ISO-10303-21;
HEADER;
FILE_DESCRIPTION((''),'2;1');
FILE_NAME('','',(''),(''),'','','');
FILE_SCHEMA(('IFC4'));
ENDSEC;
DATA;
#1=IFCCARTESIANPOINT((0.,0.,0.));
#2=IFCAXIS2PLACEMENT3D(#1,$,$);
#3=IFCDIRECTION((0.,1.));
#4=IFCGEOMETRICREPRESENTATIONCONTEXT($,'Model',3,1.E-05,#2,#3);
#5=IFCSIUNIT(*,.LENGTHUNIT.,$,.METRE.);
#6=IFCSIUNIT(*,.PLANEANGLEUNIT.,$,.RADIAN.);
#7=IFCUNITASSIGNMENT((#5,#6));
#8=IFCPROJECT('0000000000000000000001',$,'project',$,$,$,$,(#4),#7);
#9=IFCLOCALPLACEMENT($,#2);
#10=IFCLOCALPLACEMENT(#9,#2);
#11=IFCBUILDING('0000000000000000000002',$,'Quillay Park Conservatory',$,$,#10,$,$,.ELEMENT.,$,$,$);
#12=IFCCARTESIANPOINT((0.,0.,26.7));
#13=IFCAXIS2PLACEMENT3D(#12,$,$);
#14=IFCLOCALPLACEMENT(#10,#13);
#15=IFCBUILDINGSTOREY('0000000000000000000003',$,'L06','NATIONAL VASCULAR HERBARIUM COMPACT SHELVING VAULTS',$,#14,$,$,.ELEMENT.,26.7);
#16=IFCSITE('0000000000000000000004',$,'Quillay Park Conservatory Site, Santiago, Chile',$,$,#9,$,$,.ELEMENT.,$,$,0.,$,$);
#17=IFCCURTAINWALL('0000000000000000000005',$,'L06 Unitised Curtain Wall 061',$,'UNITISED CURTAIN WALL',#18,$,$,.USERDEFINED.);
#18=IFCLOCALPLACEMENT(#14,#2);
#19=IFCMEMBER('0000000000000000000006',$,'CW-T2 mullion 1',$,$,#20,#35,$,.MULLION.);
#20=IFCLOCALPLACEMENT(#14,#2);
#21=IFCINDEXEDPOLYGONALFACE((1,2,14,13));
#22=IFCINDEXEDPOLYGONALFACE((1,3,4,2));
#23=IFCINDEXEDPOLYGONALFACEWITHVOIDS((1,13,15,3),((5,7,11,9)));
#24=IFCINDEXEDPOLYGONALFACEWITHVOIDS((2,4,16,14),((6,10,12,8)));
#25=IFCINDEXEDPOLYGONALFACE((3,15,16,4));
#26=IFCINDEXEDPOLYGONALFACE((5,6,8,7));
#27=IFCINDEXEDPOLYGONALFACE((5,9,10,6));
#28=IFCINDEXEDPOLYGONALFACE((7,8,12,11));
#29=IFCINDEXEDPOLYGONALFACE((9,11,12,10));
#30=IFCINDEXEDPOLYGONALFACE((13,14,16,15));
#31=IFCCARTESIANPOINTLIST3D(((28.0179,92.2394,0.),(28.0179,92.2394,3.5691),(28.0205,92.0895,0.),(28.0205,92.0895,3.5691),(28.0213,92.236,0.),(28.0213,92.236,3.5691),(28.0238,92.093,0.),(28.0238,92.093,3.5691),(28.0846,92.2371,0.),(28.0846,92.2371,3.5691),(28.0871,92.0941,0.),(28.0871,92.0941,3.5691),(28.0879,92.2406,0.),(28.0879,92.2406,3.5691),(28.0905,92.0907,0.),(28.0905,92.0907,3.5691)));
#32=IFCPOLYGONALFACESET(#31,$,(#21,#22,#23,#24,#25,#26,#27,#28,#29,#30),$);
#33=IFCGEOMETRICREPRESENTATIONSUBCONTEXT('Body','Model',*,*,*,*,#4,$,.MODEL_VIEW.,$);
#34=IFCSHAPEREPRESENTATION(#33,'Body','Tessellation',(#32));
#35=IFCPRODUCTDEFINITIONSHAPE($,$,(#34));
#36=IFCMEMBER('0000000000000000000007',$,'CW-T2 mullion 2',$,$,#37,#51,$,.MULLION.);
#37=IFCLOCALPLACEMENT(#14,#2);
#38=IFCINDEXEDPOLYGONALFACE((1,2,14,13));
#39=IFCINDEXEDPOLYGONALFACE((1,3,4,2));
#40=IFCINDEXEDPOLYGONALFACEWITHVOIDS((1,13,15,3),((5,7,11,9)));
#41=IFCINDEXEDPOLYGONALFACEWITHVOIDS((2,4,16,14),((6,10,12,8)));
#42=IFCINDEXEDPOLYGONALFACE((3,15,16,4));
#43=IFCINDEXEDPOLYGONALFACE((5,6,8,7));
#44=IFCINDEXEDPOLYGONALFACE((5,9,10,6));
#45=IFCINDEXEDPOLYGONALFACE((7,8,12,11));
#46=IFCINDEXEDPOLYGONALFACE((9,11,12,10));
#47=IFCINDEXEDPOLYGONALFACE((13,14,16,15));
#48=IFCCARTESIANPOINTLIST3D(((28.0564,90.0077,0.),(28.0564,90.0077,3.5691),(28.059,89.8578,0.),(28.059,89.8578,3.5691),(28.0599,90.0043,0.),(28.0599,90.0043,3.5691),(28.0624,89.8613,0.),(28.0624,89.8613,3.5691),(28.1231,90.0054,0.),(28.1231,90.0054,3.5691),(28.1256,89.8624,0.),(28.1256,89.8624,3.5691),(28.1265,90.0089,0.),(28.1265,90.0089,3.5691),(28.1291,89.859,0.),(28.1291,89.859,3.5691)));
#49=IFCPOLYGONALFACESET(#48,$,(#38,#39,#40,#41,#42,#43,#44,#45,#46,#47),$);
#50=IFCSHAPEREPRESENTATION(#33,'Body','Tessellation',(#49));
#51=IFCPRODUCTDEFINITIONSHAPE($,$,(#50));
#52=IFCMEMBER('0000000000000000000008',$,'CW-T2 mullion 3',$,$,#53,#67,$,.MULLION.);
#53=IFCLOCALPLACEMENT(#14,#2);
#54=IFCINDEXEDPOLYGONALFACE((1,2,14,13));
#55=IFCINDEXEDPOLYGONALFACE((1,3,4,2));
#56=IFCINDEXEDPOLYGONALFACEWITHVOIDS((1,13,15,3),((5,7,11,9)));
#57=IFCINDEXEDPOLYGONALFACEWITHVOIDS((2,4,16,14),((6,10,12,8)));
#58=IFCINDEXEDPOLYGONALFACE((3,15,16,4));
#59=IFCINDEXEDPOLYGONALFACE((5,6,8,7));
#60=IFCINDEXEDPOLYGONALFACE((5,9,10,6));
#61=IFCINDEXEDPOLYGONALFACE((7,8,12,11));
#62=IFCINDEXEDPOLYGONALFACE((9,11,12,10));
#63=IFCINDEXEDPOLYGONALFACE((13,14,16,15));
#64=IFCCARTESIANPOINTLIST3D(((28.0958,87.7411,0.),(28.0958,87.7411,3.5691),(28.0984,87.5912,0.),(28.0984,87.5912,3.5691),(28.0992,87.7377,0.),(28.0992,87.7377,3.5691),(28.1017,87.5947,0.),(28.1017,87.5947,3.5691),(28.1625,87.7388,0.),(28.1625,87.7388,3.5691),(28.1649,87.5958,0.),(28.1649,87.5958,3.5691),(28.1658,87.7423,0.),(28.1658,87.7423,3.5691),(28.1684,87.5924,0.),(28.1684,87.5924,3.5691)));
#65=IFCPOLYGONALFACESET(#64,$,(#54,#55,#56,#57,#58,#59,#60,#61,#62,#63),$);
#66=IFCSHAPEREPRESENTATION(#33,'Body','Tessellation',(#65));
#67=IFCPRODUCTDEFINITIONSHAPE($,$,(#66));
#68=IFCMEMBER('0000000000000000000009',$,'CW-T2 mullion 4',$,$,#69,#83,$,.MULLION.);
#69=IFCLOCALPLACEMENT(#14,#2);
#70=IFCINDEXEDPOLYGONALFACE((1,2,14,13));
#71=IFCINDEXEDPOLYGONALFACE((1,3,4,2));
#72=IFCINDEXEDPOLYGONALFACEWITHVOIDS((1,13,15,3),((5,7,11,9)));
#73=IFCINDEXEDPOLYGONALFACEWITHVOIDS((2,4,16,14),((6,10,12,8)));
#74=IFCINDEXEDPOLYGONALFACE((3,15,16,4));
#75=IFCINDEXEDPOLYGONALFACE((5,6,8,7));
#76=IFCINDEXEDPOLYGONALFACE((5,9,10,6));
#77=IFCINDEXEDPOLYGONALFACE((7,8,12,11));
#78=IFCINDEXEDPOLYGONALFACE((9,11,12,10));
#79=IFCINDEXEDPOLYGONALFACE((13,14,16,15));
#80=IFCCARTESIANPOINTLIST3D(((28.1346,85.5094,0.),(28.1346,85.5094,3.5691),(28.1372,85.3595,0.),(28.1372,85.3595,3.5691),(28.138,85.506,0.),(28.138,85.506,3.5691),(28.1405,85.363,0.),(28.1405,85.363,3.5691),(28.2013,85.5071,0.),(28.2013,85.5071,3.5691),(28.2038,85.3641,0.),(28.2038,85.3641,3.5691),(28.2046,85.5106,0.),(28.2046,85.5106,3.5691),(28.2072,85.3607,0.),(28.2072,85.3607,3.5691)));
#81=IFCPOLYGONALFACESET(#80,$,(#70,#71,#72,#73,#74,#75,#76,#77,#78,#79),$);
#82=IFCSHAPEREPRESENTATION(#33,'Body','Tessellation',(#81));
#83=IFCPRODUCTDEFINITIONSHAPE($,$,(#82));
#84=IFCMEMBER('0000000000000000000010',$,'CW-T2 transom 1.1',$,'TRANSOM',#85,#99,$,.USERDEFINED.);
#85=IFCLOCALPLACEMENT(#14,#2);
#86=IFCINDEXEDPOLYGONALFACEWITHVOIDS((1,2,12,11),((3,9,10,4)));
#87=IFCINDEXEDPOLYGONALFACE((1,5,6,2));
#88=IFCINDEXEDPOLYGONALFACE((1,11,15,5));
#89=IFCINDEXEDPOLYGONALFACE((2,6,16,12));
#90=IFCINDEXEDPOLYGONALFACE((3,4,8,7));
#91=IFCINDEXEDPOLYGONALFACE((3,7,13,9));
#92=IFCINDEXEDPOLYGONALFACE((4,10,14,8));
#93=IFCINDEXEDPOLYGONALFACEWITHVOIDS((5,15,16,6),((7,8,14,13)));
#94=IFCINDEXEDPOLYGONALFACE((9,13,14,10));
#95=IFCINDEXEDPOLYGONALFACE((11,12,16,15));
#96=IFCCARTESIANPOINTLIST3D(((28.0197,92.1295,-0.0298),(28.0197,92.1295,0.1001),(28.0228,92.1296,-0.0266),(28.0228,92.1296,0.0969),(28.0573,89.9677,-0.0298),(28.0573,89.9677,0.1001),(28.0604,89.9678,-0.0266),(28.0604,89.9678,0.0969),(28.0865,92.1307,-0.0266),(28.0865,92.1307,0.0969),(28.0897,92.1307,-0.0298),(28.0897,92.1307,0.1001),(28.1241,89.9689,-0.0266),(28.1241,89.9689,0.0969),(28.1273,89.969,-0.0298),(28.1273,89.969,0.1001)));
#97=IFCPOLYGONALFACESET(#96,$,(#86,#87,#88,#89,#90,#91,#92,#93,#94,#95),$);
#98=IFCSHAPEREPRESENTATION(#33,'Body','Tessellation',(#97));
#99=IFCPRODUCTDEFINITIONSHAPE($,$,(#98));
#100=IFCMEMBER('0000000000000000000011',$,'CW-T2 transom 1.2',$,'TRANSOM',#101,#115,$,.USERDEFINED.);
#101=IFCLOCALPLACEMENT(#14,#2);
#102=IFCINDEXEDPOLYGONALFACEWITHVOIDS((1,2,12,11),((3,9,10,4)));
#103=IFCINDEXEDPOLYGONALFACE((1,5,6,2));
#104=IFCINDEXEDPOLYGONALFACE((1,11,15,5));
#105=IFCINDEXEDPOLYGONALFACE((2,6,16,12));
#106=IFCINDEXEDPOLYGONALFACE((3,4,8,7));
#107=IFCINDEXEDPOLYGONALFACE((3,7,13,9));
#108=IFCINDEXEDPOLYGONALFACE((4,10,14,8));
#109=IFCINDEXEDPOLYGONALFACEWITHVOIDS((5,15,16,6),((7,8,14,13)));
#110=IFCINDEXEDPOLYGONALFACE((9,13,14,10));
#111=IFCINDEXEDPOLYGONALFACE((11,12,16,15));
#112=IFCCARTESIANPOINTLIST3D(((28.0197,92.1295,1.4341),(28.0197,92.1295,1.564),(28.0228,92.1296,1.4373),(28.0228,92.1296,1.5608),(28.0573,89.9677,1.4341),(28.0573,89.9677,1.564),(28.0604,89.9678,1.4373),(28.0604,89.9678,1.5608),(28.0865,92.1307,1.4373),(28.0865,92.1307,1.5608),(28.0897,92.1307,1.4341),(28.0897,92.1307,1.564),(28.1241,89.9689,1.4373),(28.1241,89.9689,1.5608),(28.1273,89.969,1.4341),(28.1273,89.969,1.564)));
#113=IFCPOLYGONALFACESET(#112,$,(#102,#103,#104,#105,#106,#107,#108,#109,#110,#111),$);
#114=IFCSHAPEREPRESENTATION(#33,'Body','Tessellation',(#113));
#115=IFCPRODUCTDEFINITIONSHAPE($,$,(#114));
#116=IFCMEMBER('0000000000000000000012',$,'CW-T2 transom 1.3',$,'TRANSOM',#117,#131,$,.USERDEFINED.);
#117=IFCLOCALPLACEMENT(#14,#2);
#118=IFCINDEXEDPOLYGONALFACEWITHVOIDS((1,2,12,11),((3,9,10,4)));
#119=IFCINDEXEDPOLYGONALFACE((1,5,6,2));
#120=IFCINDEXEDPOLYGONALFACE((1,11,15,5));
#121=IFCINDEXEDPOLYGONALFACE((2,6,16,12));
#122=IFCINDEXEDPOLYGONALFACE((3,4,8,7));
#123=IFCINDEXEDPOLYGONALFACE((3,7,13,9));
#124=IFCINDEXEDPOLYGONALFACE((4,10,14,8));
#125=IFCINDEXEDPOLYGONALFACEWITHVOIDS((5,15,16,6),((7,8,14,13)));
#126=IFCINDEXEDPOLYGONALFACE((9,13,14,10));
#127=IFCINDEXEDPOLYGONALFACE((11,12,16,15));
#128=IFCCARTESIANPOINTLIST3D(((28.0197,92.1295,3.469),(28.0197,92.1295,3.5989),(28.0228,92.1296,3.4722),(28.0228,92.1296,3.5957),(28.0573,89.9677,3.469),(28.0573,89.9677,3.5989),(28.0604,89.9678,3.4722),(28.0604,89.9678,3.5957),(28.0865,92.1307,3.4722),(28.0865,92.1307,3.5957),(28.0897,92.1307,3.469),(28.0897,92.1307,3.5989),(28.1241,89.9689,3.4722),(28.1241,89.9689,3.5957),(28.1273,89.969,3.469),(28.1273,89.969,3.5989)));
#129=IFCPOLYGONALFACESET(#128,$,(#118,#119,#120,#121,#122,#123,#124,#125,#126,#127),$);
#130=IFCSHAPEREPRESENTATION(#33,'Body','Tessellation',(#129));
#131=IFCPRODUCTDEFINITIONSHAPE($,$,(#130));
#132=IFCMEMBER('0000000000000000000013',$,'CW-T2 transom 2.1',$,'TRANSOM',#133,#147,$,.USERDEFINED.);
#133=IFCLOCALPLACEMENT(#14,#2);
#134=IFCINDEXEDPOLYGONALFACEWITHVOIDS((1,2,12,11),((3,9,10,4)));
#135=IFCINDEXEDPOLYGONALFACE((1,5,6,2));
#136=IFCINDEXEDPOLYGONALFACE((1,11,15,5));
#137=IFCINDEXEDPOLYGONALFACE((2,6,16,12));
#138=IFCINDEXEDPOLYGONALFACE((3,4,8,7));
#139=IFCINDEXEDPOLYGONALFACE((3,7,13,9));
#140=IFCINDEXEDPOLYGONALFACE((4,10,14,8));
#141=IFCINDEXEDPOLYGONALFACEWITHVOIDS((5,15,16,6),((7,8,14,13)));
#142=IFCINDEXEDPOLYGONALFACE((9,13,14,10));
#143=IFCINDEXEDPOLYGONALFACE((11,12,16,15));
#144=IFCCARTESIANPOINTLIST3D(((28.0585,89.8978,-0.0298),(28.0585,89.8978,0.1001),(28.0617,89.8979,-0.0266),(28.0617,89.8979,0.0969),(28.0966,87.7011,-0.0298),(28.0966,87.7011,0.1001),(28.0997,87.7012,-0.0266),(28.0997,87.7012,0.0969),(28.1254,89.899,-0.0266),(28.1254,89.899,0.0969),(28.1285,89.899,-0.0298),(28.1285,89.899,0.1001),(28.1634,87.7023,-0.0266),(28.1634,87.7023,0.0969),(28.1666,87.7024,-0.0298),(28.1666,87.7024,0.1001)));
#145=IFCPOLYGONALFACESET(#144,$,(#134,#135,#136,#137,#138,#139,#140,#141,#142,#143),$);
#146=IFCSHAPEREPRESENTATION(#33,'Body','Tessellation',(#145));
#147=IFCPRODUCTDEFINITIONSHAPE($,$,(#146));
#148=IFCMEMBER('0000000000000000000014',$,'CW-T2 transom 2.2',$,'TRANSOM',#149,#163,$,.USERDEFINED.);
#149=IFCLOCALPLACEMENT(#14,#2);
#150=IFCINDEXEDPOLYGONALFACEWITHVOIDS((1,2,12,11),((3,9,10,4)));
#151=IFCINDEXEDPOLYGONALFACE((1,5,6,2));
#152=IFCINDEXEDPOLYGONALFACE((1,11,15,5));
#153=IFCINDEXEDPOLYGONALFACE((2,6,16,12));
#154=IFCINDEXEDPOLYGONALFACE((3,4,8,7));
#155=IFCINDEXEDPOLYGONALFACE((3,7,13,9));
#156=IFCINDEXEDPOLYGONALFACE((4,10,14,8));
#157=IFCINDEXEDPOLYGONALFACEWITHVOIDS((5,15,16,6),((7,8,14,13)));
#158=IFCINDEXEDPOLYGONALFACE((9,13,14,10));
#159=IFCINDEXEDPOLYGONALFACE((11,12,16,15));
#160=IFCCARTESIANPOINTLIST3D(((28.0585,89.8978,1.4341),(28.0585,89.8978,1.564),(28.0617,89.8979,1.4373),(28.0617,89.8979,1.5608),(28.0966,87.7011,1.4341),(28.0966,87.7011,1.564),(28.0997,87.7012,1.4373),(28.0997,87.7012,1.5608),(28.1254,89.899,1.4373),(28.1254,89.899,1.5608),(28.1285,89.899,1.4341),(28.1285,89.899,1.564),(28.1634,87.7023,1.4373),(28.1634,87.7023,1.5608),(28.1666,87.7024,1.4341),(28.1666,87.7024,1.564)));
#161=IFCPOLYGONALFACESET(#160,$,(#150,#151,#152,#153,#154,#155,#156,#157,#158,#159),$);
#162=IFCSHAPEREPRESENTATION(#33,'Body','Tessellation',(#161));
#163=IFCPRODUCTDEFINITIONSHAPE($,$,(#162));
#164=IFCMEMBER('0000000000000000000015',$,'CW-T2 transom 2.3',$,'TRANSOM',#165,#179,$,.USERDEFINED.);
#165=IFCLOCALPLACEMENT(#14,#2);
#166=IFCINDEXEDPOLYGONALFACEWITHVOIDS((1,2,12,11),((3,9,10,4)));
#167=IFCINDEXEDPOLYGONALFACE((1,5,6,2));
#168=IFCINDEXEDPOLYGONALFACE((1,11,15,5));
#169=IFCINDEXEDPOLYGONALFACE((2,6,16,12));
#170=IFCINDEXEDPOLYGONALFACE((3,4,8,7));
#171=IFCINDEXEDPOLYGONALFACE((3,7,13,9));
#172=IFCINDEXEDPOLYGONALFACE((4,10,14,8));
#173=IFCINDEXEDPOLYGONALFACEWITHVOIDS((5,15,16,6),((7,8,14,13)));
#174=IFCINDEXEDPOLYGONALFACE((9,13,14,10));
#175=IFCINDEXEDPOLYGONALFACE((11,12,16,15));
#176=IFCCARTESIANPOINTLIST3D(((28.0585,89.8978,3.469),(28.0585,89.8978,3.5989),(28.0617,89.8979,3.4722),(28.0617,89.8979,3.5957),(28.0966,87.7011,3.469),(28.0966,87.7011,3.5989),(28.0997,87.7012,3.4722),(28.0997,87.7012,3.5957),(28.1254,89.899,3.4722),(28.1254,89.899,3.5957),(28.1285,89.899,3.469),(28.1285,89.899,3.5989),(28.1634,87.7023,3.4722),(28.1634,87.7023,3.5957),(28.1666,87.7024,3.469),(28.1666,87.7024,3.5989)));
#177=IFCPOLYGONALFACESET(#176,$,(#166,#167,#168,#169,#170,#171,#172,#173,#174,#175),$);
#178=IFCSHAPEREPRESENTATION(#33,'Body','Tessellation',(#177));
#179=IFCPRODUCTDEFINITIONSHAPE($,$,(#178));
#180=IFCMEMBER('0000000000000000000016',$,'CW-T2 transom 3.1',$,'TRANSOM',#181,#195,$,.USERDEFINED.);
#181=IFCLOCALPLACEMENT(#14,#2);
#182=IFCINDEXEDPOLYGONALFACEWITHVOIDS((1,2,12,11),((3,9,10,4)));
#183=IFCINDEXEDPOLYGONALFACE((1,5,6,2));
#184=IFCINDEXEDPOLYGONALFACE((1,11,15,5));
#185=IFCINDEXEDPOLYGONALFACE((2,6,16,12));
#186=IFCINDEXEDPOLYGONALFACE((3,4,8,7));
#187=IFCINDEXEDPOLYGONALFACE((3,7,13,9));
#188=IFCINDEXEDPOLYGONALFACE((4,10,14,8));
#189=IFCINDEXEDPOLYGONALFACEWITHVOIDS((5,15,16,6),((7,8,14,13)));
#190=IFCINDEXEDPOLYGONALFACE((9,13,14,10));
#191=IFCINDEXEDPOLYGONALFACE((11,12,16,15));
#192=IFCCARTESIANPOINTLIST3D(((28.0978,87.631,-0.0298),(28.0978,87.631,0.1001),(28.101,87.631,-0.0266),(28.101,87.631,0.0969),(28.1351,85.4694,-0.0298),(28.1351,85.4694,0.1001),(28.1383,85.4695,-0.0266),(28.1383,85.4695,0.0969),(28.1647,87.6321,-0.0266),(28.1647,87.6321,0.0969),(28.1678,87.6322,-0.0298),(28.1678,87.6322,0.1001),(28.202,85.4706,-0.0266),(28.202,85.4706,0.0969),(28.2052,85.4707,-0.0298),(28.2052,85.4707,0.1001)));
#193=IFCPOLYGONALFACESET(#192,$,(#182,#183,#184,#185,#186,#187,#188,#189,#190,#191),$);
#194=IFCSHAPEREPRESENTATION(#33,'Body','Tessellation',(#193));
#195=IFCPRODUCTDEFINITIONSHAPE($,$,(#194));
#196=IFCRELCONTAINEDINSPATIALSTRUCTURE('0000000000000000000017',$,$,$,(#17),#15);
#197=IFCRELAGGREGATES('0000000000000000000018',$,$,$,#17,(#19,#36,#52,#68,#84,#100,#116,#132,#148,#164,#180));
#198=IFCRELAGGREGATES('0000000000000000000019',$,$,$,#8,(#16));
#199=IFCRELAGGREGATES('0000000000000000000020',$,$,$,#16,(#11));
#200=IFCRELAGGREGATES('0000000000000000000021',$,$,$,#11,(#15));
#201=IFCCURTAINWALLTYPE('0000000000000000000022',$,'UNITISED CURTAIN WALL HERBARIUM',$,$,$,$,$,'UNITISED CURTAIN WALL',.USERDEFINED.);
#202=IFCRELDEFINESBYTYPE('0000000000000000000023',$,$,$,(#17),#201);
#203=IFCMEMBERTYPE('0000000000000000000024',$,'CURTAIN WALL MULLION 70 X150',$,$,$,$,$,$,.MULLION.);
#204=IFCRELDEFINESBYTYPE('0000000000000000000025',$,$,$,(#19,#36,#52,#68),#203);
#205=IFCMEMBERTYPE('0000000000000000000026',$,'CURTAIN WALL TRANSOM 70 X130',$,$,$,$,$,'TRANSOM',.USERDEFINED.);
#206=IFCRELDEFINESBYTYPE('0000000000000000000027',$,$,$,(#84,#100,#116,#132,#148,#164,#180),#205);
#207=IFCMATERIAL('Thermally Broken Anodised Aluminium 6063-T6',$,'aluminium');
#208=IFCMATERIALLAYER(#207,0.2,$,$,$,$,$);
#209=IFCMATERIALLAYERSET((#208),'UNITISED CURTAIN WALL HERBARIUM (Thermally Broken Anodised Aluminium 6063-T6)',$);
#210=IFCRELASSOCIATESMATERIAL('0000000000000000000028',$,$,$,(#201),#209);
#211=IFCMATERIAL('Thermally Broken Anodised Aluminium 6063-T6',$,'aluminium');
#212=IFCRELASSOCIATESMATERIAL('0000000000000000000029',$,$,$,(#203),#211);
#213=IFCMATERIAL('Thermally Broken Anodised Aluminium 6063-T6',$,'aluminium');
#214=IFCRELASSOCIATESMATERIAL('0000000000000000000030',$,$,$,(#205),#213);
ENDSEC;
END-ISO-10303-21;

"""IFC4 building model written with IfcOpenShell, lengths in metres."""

from ifc_helpers import new_model, si_unit, direction, frame, origin, origin_2d, place, context, subcontext, project, spatial, hollow_rectangle, extrude, material, layer, layer_set, material_profile, profile_set, type_object, element, aggregate, save


model = new_model("IFC4")

# Units and contexts
model_context = context("Model", 3, precision=1e-05, world=origin(), true_north=direction((0.0, 1.0)))
body_context = subcontext(model_context, "Body", "Model", "MODEL_VIEW")
ifc_project = project(units=[si_unit("LENGTHUNIT", "METRE"), si_unit("PLANEANGLEUNIT", "RADIAN")], contexts=[model_context])

# Site, building, storey
site_placement = place(None, origin())
site = spatial("IfcSite", under=ifc_project, at=site_placement, Name="Quillay Park Conservatory Site, Santiago, Chile", CompositionType="ELEMENT", RefElevation=0.0)
building_placement = place(site_placement, origin())
building = spatial("IfcBuilding", under=site, at=building_placement, Name="Quillay Park Conservatory", CompositionType="ELEMENT")
storey_placement = place(building_placement, frame((0.0, 0.0, 26.7)))
storey = spatial("IfcBuildingStorey", under=building, at=storey_placement, Name="L06", Description="NATIONAL VASCULAR HERBARIUM COMPACT SHELVING VAULTS", CompositionType="ELEMENT", Elevation=26.7)

# Curtain wall, members
ifc_material_1 = material(Name="Thermally Broken Anodised Aluminium 6063-T6", Category="aluminium")
ifc_layer_1 = layer(ifc_material_1, 0.2)
ifc_layer_set_1 = layer_set([ifc_layer_1], Name="UNITISED CURTAIN WALL HERBARIUM (Thermally Broken Anodised Aluminium 6063-T6)")
curtain_wall_type = type_object("IfcCurtainWallType", Name="UNITISED CURTAIN WALL HERBARIUM", ElementType="UNITISED CURTAIN WALL", PredefinedType="USERDEFINED", material=ifc_layer_set_1)
curtain_wall_placement = place(storey_placement, origin())
curtain_wall = element("IfcCurtainWall", 1, at=curtain_wall_placement, inside=storey, type_object=curtain_wall_type, Name="L06 Unitised Curtain Wall 061", ObjectType="UNITISED CURTAIN WALL", PredefinedType="USERDEFINED")
ifc_material_2 = material(Name="Thermally Broken Anodised Aluminium 6063-T6", Category="aluminium")
ifc_material_profile_1 = material_profile(ifc_material_2, hollow_rectangle(XDim=0.0701, YDim=0.1499, WallThickness=0.0034, at=origin_2d()), Name="AL70x150x3.5")
ifc_profile_set_1 = profile_set([ifc_material_profile_1], Name="Thermally Broken Anodised Aluminium 6063-T6")
member_type_1 = type_object("IfcMemberType", Name="CURTAIN WALL MULLION 70 X150", PredefinedType="MULLION", material=ifc_profile_set_1)
member_1_placement = place(storey_placement, frame((28.0542, 92.165, 0.0), z_axis=(0.0, 0.0, 1.0), x_axis=(0.999849, 0.01735, 0.0)))
member_1 = element("IfcMember", 2, at=member_1_placement, type_object=member_type_1, Name="CW-T2 mullion 1", PredefinedType="MULLION", context=body_context, shape_type="SweptSolid", body=[
    extrude(hollow_rectangle(XDim=0.0701, YDim=0.1499, WallThickness=0.0034, at=origin_2d()), origin(), (0.0, 0.0, 1.0), 3.5691),
])
member_2_placement = place(storey_placement, frame((28.0928, 89.9333, 0.0), z_axis=(0.0, 0.0, 1.0), x_axis=(0.999849, 0.01735, 0.0)))
member_2 = element("IfcMember", 3, at=member_2_placement, type_object=member_type_1, Name="CW-T2 mullion 2", PredefinedType="MULLION", context=body_context, shape_type="SweptSolid", body=[
    extrude(hollow_rectangle(XDim=0.0701, YDim=0.1499, WallThickness=0.0034, at=origin_2d()), origin(), (0.0, 0.0, 1.0), 3.5691),
])
member_3_placement = place(storey_placement, frame((28.1321, 87.6667, 0.0), z_axis=(0.0, 0.0, 1.0), x_axis=(0.999849, 0.01735, 0.0)))
member_3 = element("IfcMember", 4, at=member_3_placement, type_object=member_type_1, Name="CW-T2 mullion 3", PredefinedType="MULLION", context=body_context, shape_type="SweptSolid", body=[
    extrude(hollow_rectangle(XDim=0.0701, YDim=0.1499, WallThickness=0.0034, at=origin_2d()), origin(), (0.0, 0.0, 1.0), 3.5691),
])
member_4_placement = place(storey_placement, frame((28.1709, 85.4351, 0.0), z_axis=(0.0, 0.0, 1.0), x_axis=(0.999849, 0.01735, 0.0)))
member_4 = element("IfcMember", 5, at=member_4_placement, type_object=member_type_1, Name="CW-T2 mullion 4", PredefinedType="MULLION", context=body_context, shape_type="SweptSolid", body=[
    extrude(hollow_rectangle(XDim=0.0701, YDim=0.1499, WallThickness=0.0034, at=origin_2d()), origin(), (0.0, 0.0, 1.0), 3.5691),
])
ifc_material_3 = material(Name="Thermally Broken Anodised Aluminium 6063-T6", Category="aluminium")
ifc_material_profile_2 = material_profile(ifc_material_3, hollow_rectangle(XDim=0.0701, YDim=0.1299, WallThickness=0.0032, at=origin_2d()), Name="AL70x130x3.2")
ifc_profile_set_2 = profile_set([ifc_material_profile_2], Name="Thermally Broken Anodised Aluminium 6063-T6")
member_type_2 = type_object("IfcMemberType", Name="CURTAIN WALL TRANSOM 70 X130", ElementType="TRANSOM", PredefinedType="USERDEFINED", material=ifc_profile_set_2)
member_5_placement = place(storey_placement, frame((28.0547, 92.1301, 0.0352), z_axis=(0.017389, -0.999849, 0.0), x_axis=(0.999849, 0.017389, 0.0)))
member_5 = element("IfcMember", 6, at=member_5_placement, type_object=member_type_2, Name="CW-T2 transom 1.1", ObjectType="TRANSOM", PredefinedType="USERDEFINED", context=body_context, shape_type="SweptSolid", body=[
    extrude(hollow_rectangle(XDim=0.0701, YDim=0.1299, WallThickness=0.0032, at=origin_2d()), origin(), (0.0, 0.0, 1.0), 2.1621),
])
member_6_placement = place(storey_placement, frame((28.0547, 92.1301, 1.499), z_axis=(0.017389, -0.999849, 0.0), x_axis=(0.999849, 0.017389, 0.0)))
member_6 = element("IfcMember", 7, at=member_6_placement, type_object=member_type_2, Name="CW-T2 transom 1.2", ObjectType="TRANSOM", PredefinedType="USERDEFINED", context=body_context, shape_type="SweptSolid", body=[
    extrude(hollow_rectangle(XDim=0.0701, YDim=0.1299, WallThickness=0.0032, at=origin_2d()), origin(), (0.0, 0.0, 1.0), 2.1621),
])
member_7_placement = place(storey_placement, frame((28.0547, 92.1301, 3.5339), z_axis=(0.017389, -0.999849, 0.0), x_axis=(0.999849, 0.017389, 0.0)))
member_7 = element("IfcMember", 8, at=member_7_placement, type_object=member_type_2, Name="CW-T2 transom 1.3", ObjectType="TRANSOM", PredefinedType="USERDEFINED", context=body_context, shape_type="SweptSolid", body=[
    extrude(hollow_rectangle(XDim=0.0701, YDim=0.1299, WallThickness=0.0032, at=origin_2d()), origin(), (0.0, 0.0, 1.0), 2.1621),
])
member_8_placement = place(storey_placement, frame((28.0935, 89.8984, 0.0352), z_axis=(0.017335, -0.99985, 0.0), x_axis=(0.99985, 0.017335, 0.0)))
member_8 = element("IfcMember", 9, at=member_8_placement, type_object=member_type_2, Name="CW-T2 transom 2.1", ObjectType="TRANSOM", PredefinedType="USERDEFINED", context=body_context, shape_type="SweptSolid", body=[
    extrude(hollow_rectangle(XDim=0.0701, YDim=0.1299, WallThickness=0.0032, at=origin_2d()), origin(), (0.0, 0.0, 1.0), 2.197),
])
member_9_placement = place(storey_placement, frame((28.0935, 89.8984, 1.499), z_axis=(0.017335, -0.99985, 0.0), x_axis=(0.99985, 0.017335, 0.0)))
member_9 = element("IfcMember", 10, at=member_9_placement, type_object=member_type_2, Name="CW-T2 transom 2.2", ObjectType="TRANSOM", PredefinedType="USERDEFINED", context=body_context, shape_type="SweptSolid", body=[
    extrude(hollow_rectangle(XDim=0.0701, YDim=0.1299, WallThickness=0.0032, at=origin_2d()), origin(), (0.0, 0.0, 1.0), 2.197),
])
member_10_placement = place(storey_placement, frame((28.0935, 89.8984, 3.5339), z_axis=(0.017335, -0.99985, 0.0), x_axis=(0.99985, 0.017335, 0.0)))
member_10 = element("IfcMember", 11, at=member_10_placement, type_object=member_type_2, Name="CW-T2 transom 2.3", ObjectType="TRANSOM", PredefinedType="USERDEFINED", context=body_context, shape_type="SweptSolid", body=[
    extrude(hollow_rectangle(XDim=0.0701, YDim=0.1299, WallThickness=0.0032, at=origin_2d()), origin(), (0.0, 0.0, 1.0), 2.197),
])
member_11_placement = place(storey_placement, frame((28.1328, 87.6316, 0.0352), z_axis=(0.017278, -0.999851, 0.0), x_axis=(0.999851, 0.017278, 0.0)))
member_11 = element("IfcMember", 12, at=member_11_placement, type_object=member_type_2, Name="CW-T2 transom 3.1", ObjectType="TRANSOM", PredefinedType="USERDEFINED", context=body_context, shape_type="SweptSolid", body=[
    extrude(hollow_rectangle(XDim=0.0701, YDim=0.1299, WallThickness=0.0032, at=origin_2d()), origin(), (0.0, 0.0, 1.0), 2.1619),
])

aggregate(curtain_wall, [member_1, member_2, member_3, member_4, member_5, member_6, member_7, member_8, member_9, member_10, member_11])

save(model, "model.ifc")
